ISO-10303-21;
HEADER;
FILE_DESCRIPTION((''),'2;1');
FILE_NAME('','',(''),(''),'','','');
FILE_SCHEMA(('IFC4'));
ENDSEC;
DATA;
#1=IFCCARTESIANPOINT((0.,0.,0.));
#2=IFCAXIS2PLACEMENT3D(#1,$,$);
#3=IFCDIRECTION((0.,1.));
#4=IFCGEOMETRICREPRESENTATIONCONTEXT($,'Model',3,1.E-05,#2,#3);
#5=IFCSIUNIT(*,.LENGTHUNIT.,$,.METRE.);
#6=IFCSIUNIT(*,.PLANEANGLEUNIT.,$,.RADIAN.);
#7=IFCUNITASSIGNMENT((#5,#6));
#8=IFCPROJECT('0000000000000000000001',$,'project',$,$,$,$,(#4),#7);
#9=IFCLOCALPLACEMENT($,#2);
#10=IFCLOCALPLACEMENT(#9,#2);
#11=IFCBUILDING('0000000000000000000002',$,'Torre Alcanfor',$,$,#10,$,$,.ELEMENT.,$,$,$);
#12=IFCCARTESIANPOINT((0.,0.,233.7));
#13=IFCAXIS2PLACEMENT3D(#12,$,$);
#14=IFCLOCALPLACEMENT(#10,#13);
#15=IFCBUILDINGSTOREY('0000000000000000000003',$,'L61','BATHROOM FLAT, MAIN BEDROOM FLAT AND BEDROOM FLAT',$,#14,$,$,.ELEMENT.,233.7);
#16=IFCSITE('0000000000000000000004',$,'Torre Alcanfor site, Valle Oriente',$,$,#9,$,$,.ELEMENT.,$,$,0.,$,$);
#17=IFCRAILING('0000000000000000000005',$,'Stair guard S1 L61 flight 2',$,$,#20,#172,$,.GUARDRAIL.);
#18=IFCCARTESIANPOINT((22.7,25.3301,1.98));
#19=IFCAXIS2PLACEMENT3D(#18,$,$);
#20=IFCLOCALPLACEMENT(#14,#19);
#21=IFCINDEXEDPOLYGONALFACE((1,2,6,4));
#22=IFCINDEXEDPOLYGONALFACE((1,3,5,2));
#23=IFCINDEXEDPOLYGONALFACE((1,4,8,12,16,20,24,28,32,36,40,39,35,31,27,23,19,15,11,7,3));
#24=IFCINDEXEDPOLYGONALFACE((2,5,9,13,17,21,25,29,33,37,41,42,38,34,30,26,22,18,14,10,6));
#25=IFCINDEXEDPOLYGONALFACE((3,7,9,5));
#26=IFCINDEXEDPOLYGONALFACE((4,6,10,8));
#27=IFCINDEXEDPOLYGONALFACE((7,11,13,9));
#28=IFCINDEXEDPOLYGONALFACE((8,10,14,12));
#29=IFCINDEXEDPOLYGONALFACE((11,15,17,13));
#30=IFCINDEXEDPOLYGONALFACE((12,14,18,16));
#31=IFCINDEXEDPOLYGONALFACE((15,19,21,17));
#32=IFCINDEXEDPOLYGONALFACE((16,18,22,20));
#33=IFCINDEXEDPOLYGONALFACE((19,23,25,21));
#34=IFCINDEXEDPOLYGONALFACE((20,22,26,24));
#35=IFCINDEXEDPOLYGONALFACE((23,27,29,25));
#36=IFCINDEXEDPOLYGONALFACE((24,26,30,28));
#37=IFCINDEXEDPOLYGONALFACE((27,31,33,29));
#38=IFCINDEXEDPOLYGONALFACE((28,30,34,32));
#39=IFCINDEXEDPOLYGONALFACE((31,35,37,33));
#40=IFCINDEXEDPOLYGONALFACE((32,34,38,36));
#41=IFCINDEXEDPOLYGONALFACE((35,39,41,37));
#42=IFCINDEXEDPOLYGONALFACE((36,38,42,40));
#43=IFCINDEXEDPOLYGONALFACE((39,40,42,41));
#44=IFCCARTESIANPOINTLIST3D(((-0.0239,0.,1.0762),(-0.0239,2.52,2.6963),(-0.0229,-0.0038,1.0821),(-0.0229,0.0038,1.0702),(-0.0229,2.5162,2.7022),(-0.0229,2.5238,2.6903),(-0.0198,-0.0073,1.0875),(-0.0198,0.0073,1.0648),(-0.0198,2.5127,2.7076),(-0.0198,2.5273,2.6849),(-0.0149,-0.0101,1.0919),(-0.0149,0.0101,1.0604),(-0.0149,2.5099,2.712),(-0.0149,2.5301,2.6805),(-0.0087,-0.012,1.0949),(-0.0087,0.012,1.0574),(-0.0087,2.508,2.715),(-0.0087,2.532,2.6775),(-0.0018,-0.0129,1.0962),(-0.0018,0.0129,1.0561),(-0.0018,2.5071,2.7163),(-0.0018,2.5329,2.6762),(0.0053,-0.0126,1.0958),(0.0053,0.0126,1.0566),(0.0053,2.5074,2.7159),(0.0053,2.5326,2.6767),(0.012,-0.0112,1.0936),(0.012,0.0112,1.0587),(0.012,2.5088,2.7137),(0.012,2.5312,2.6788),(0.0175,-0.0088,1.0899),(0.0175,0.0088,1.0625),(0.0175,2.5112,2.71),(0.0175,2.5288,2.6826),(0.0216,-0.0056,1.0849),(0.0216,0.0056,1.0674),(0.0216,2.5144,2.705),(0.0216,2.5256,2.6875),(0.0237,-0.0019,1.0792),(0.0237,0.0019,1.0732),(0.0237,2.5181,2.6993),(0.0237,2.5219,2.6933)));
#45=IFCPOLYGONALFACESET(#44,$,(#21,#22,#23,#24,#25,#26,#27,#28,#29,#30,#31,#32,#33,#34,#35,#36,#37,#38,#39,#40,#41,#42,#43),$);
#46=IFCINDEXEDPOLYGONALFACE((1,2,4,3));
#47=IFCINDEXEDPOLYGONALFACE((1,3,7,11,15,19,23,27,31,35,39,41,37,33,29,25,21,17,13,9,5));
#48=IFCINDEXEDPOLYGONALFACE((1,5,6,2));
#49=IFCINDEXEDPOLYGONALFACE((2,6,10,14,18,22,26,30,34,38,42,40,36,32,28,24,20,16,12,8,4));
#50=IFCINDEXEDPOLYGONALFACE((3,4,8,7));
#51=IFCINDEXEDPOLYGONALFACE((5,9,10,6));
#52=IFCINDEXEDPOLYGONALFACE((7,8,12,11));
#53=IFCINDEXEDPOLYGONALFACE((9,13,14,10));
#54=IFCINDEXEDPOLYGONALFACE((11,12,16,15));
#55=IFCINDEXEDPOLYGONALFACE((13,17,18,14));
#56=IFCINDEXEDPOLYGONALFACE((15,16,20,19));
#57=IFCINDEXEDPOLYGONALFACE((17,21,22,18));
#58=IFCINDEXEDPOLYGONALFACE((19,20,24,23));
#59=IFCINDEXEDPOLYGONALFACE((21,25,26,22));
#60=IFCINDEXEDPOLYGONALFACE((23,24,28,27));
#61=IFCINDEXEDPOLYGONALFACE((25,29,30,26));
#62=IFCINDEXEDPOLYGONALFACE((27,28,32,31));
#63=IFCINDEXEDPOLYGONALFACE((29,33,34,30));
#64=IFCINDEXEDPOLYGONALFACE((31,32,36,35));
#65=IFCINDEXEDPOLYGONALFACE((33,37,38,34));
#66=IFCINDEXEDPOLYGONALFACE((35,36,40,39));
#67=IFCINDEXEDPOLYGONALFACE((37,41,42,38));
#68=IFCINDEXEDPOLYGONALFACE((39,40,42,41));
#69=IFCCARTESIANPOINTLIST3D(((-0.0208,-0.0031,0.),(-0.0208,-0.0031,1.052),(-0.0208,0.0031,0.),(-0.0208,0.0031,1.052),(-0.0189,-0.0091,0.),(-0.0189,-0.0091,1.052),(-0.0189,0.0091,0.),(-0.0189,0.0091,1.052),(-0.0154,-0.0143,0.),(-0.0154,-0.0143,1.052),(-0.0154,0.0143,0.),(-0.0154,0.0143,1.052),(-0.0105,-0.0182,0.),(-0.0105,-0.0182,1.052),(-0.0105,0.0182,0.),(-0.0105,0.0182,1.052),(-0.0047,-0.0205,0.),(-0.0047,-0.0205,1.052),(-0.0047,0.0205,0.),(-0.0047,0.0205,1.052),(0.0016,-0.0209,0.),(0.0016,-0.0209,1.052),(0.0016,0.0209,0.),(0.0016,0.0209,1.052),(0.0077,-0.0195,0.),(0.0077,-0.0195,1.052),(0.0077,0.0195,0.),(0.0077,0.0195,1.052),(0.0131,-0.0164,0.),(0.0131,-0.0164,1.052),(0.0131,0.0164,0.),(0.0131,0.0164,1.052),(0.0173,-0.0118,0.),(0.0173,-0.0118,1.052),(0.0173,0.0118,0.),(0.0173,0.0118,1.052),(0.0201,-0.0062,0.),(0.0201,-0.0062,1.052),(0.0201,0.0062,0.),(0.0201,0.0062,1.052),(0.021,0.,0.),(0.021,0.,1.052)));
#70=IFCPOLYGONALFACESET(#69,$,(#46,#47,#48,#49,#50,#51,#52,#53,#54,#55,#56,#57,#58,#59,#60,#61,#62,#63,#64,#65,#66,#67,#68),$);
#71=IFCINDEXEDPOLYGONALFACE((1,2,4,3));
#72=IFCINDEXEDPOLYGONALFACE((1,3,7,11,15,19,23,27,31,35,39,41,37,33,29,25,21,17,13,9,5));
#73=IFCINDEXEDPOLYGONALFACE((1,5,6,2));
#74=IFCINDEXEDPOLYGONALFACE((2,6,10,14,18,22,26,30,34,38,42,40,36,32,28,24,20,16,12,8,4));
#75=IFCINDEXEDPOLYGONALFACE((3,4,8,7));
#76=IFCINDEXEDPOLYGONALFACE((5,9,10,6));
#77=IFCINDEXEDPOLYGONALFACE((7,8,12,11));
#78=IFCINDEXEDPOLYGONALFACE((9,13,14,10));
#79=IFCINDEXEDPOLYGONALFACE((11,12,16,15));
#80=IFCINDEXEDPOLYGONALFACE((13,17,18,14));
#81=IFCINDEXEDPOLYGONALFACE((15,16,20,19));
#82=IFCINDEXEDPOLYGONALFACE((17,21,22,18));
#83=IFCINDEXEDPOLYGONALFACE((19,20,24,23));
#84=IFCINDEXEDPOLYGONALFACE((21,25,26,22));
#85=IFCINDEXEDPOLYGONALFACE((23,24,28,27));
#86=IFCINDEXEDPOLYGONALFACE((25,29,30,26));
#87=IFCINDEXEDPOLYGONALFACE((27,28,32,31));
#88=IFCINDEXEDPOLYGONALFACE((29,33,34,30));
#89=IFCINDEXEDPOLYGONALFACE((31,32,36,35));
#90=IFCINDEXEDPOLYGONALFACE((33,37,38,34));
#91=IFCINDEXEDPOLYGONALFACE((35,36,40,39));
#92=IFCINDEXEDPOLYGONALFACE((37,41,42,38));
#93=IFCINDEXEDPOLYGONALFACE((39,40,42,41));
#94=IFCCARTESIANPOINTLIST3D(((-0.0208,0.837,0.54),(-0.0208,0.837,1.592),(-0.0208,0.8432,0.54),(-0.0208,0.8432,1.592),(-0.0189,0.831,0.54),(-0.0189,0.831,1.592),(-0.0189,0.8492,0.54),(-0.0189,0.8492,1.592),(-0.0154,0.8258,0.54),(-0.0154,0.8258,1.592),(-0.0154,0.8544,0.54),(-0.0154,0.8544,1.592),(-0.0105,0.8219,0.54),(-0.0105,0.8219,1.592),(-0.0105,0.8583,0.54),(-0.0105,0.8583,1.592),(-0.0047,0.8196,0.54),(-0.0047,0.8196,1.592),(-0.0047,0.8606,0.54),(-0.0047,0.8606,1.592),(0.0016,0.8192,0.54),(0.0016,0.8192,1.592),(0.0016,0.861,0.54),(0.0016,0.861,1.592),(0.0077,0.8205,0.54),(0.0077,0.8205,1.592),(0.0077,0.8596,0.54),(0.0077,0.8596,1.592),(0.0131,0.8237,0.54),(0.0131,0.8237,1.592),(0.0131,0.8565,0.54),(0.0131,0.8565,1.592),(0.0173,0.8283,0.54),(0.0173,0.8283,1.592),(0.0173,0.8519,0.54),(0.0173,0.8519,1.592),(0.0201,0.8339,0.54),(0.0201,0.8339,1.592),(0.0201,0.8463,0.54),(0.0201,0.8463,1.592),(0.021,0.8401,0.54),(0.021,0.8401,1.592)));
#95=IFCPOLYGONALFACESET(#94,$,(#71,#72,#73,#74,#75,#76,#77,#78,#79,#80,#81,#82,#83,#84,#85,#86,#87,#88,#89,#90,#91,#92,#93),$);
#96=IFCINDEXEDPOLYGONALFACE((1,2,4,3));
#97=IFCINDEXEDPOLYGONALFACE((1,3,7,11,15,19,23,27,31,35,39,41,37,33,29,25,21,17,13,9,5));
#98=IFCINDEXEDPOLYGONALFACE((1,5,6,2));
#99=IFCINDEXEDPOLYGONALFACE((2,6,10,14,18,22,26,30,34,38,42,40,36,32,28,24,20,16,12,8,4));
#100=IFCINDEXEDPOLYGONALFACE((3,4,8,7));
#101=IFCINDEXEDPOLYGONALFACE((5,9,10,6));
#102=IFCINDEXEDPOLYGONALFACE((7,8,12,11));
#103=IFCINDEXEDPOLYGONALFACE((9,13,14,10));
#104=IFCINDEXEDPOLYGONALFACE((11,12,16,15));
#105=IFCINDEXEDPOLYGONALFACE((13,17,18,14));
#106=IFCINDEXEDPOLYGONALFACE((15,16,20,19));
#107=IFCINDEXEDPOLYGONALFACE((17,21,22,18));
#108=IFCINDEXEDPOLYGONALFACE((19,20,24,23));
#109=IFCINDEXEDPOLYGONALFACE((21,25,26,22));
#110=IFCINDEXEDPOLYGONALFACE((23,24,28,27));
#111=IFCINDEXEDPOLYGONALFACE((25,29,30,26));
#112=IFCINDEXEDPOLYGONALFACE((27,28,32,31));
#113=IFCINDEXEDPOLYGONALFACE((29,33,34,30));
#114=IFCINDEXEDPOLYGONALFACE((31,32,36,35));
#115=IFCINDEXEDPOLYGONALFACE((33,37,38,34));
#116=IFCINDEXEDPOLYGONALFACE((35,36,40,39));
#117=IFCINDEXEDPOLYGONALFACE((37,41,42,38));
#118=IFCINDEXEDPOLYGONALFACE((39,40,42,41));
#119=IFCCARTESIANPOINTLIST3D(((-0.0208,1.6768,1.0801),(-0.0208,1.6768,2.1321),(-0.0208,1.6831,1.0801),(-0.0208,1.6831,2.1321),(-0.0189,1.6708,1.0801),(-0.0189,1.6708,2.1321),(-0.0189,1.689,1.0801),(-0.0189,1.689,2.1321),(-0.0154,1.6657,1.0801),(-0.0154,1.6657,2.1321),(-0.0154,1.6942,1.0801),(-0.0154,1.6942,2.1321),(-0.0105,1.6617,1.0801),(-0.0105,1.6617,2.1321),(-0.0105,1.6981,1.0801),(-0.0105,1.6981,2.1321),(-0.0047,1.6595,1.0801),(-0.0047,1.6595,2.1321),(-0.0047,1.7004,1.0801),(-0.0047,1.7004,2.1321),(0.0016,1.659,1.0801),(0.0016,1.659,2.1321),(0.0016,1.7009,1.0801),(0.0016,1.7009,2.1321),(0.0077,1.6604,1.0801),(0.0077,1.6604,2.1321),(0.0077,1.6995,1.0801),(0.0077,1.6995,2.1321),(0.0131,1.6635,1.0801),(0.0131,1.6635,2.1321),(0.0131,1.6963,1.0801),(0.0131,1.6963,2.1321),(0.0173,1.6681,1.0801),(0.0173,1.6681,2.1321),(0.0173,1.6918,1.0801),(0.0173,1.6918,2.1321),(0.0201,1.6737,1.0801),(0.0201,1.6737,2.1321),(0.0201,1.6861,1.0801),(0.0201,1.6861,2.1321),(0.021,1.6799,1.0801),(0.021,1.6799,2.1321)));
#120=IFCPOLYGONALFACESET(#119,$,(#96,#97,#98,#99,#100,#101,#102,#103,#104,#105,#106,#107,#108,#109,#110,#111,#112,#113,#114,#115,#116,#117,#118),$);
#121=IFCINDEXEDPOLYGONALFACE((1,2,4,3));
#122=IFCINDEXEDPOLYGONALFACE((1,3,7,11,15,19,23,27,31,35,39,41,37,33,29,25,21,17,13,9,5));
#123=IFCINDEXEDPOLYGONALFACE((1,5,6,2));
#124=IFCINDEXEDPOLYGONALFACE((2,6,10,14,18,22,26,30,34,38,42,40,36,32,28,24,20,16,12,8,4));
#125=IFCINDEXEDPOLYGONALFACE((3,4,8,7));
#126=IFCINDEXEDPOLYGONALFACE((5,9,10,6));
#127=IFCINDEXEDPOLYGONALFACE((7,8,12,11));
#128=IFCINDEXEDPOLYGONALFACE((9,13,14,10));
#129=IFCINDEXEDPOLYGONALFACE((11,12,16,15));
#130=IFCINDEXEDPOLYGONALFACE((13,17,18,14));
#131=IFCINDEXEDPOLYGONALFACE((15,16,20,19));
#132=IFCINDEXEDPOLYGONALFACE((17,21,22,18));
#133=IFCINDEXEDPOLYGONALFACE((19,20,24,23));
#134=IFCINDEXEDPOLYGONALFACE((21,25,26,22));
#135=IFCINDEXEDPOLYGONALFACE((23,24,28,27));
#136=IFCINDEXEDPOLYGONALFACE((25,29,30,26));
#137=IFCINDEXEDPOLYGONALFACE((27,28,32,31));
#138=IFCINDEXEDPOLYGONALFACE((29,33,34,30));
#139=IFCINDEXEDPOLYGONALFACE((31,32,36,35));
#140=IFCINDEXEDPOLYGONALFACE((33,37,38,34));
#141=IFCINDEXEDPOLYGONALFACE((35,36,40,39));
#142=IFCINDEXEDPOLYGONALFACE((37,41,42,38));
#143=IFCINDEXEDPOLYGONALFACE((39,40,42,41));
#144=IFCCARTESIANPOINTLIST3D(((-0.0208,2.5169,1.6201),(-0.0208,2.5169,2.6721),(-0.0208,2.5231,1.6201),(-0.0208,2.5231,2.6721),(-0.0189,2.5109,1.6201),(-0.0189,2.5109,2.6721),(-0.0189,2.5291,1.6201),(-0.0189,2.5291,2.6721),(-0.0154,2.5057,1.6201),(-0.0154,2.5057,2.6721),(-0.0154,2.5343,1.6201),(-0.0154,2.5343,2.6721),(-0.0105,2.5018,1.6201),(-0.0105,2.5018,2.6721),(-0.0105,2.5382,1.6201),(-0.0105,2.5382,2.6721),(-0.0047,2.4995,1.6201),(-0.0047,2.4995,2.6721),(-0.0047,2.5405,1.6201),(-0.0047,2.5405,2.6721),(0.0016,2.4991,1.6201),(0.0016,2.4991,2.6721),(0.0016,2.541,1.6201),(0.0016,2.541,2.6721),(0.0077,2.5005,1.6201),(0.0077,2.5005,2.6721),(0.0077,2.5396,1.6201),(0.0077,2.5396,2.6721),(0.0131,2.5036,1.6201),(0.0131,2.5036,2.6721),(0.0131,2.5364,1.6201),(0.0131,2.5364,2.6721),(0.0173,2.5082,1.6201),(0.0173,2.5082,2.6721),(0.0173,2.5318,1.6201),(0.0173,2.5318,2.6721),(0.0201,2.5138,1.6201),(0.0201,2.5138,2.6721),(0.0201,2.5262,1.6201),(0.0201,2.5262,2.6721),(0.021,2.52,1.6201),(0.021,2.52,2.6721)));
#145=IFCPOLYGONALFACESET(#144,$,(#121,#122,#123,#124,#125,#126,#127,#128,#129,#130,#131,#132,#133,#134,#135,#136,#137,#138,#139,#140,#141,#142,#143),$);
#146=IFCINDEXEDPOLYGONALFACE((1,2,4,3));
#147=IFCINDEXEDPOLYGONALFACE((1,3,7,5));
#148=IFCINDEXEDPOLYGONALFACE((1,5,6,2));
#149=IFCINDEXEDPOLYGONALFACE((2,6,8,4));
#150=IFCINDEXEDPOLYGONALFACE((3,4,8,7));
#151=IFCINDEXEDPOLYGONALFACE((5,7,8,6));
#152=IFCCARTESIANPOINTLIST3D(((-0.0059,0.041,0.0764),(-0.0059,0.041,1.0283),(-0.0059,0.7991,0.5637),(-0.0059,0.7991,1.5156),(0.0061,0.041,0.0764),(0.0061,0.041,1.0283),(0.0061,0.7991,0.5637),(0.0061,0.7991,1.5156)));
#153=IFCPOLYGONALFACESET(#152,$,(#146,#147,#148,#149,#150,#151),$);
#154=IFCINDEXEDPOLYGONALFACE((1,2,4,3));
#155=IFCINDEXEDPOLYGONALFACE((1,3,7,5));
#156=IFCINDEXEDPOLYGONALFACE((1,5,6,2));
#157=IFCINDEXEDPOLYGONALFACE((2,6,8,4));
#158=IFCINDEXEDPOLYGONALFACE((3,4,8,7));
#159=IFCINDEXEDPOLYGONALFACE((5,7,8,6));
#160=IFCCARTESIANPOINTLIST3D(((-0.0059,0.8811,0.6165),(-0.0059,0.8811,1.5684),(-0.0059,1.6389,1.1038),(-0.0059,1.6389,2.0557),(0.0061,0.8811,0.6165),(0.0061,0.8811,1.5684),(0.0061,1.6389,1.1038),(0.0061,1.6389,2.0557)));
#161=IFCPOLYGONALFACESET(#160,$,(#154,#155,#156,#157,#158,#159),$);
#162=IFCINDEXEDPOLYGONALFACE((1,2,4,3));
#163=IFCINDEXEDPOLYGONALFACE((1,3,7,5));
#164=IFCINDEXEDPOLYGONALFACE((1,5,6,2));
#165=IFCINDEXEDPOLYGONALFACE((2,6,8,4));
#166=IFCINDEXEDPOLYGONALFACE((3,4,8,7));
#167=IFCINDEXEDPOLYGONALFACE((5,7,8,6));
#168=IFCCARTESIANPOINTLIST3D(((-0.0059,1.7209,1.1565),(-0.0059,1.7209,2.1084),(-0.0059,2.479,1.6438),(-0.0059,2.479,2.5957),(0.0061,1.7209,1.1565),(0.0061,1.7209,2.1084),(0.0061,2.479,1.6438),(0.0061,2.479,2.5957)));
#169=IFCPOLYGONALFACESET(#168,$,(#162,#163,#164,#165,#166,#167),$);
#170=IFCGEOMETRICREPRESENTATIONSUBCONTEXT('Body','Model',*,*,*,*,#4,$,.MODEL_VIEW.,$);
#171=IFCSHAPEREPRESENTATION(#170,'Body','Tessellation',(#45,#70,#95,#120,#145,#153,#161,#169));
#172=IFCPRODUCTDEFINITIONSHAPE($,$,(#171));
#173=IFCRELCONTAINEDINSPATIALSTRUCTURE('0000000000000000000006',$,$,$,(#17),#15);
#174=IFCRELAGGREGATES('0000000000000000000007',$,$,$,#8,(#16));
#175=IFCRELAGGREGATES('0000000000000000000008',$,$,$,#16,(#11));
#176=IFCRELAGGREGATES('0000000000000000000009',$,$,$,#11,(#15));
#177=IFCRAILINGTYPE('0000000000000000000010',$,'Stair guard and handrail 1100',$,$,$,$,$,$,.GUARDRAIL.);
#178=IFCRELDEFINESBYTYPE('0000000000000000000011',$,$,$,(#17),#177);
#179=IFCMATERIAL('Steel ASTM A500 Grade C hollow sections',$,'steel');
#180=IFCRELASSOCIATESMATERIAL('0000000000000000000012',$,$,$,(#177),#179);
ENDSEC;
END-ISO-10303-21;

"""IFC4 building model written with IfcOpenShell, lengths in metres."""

from ifc_helpers import new_model, si_unit, direction, frame, origin, origin_2d, place, context, subcontext, project, spatial, polyline, circle, outline, extrude, material, type_object, element, save


model = new_model("IFC4")

# Units and contexts
model_context = context("Model", 3, precision=1e-05, world=origin(), true_north=direction((0.0, 1.0)))
body_context = subcontext(model_context, "Body", "Model", "MODEL_VIEW")
ifc_project = project(units=[si_unit("LENGTHUNIT", "METRE"), si_unit("PLANEANGLEUNIT", "RADIAN")], contexts=[model_context])

# Site, building, storey
site_placement = place(None, origin())
site = spatial("IfcSite", under=ifc_project, at=site_placement, Name="Torre Alcanfor site, Valle Oriente", CompositionType="ELEMENT", RefElevation=0.0)
building_placement = place(site_placement, origin())
building = spatial("IfcBuilding", under=site, at=building_placement, Name="Torre Alcanfor", CompositionType="ELEMENT")
storey_placement = place(building_placement, frame((0.0, 0.0, 233.7)))
storey = spatial("IfcBuildingStorey", under=building, at=storey_placement, Name="L61", Description="BATHROOM FLAT, MAIN BEDROOM FLAT AND BEDROOM FLAT", CompositionType="ELEMENT", Elevation=233.7)

# Railing
ifc_material_1 = material(Name="Steel ASTM A500 Grade C hollow sections", Category="steel")
railing_type_1 = type_object("IfcRailingType", Name="Stair guard and handrail 1100", PredefinedType="GUARDRAIL", material=ifc_material_1)
railing_1_placement = place(storey_placement, frame((22.7, 25.3301, 1.98)))
element("IfcRailing", 1, at=railing_1_placement, inside=storey, type_object=railing_type_1, Name="Stair guard S1 L61 flight 2", PredefinedType="GUARDRAIL", context=body_context, shape_type="SweptSolid", body=[
    extrude(circle(Radius=0.0239, at=origin_2d()), frame((0.0, 0.0, 1.0762), z_axis=(0.0, 0.841163, 0.540782), x_axis=(-1.0, 0.0, 0.0)), (0.0, 0.0, 1.0), 2.9958),
    extrude(circle(Radius=0.021, at=origin_2d()), origin(), (0.0, 0.0, 1.0), 1.052),
    extrude(circle(Radius=0.021, at=origin_2d()), frame((0.0, 0.8401, 0.54)), (0.0, 0.0, 1.0), 1.052),
    extrude(circle(Radius=0.021, at=origin_2d()), frame((0.0, 1.6799, 1.0801)), (0.0, 0.0, 1.0), 1.052),
    extrude(circle(Radius=0.021, at=origin_2d()), frame((0.0, 2.52, 1.6201)), (0.0, 0.0, 1.0), 1.052),
    extrude(outline(polyline([(0.041, 0.0764), (0.7991, 0.5637), (0.7991, 1.5156), (0.041, 1.0283), (0.041, 0.0764)])), frame((-0.0059, 0.0, 0.0), z_axis=(1.0, 0.0, 0.0), x_axis=(0.0, 1.0, 0.0)), (0.0, 0.0, 1.0), 0.012),
    extrude(outline(polyline([(0.8811, 0.6165), (1.6389, 1.1038), (1.6389, 2.0557), (0.8811, 1.5684), (0.8811, 0.6165)])), frame((-0.0059, 0.0, 0.0), z_axis=(1.0, 0.0, 0.0), x_axis=(0.0, 1.0, 0.0)), (0.0, 0.0, 1.0), 0.012),
    extrude(outline(polyline([(1.7209, 1.1565), (2.479, 1.6438), (2.479, 2.5957), (1.7209, 2.1084), (1.7209, 1.1565)])), frame((-0.0059, 0.0, 0.0), z_axis=(1.0, 0.0, 0.0), x_axis=(0.0, 1.0, 0.0)), (0.0, 0.0, 1.0), 0.012),
])

save(model, "model.ifc")
